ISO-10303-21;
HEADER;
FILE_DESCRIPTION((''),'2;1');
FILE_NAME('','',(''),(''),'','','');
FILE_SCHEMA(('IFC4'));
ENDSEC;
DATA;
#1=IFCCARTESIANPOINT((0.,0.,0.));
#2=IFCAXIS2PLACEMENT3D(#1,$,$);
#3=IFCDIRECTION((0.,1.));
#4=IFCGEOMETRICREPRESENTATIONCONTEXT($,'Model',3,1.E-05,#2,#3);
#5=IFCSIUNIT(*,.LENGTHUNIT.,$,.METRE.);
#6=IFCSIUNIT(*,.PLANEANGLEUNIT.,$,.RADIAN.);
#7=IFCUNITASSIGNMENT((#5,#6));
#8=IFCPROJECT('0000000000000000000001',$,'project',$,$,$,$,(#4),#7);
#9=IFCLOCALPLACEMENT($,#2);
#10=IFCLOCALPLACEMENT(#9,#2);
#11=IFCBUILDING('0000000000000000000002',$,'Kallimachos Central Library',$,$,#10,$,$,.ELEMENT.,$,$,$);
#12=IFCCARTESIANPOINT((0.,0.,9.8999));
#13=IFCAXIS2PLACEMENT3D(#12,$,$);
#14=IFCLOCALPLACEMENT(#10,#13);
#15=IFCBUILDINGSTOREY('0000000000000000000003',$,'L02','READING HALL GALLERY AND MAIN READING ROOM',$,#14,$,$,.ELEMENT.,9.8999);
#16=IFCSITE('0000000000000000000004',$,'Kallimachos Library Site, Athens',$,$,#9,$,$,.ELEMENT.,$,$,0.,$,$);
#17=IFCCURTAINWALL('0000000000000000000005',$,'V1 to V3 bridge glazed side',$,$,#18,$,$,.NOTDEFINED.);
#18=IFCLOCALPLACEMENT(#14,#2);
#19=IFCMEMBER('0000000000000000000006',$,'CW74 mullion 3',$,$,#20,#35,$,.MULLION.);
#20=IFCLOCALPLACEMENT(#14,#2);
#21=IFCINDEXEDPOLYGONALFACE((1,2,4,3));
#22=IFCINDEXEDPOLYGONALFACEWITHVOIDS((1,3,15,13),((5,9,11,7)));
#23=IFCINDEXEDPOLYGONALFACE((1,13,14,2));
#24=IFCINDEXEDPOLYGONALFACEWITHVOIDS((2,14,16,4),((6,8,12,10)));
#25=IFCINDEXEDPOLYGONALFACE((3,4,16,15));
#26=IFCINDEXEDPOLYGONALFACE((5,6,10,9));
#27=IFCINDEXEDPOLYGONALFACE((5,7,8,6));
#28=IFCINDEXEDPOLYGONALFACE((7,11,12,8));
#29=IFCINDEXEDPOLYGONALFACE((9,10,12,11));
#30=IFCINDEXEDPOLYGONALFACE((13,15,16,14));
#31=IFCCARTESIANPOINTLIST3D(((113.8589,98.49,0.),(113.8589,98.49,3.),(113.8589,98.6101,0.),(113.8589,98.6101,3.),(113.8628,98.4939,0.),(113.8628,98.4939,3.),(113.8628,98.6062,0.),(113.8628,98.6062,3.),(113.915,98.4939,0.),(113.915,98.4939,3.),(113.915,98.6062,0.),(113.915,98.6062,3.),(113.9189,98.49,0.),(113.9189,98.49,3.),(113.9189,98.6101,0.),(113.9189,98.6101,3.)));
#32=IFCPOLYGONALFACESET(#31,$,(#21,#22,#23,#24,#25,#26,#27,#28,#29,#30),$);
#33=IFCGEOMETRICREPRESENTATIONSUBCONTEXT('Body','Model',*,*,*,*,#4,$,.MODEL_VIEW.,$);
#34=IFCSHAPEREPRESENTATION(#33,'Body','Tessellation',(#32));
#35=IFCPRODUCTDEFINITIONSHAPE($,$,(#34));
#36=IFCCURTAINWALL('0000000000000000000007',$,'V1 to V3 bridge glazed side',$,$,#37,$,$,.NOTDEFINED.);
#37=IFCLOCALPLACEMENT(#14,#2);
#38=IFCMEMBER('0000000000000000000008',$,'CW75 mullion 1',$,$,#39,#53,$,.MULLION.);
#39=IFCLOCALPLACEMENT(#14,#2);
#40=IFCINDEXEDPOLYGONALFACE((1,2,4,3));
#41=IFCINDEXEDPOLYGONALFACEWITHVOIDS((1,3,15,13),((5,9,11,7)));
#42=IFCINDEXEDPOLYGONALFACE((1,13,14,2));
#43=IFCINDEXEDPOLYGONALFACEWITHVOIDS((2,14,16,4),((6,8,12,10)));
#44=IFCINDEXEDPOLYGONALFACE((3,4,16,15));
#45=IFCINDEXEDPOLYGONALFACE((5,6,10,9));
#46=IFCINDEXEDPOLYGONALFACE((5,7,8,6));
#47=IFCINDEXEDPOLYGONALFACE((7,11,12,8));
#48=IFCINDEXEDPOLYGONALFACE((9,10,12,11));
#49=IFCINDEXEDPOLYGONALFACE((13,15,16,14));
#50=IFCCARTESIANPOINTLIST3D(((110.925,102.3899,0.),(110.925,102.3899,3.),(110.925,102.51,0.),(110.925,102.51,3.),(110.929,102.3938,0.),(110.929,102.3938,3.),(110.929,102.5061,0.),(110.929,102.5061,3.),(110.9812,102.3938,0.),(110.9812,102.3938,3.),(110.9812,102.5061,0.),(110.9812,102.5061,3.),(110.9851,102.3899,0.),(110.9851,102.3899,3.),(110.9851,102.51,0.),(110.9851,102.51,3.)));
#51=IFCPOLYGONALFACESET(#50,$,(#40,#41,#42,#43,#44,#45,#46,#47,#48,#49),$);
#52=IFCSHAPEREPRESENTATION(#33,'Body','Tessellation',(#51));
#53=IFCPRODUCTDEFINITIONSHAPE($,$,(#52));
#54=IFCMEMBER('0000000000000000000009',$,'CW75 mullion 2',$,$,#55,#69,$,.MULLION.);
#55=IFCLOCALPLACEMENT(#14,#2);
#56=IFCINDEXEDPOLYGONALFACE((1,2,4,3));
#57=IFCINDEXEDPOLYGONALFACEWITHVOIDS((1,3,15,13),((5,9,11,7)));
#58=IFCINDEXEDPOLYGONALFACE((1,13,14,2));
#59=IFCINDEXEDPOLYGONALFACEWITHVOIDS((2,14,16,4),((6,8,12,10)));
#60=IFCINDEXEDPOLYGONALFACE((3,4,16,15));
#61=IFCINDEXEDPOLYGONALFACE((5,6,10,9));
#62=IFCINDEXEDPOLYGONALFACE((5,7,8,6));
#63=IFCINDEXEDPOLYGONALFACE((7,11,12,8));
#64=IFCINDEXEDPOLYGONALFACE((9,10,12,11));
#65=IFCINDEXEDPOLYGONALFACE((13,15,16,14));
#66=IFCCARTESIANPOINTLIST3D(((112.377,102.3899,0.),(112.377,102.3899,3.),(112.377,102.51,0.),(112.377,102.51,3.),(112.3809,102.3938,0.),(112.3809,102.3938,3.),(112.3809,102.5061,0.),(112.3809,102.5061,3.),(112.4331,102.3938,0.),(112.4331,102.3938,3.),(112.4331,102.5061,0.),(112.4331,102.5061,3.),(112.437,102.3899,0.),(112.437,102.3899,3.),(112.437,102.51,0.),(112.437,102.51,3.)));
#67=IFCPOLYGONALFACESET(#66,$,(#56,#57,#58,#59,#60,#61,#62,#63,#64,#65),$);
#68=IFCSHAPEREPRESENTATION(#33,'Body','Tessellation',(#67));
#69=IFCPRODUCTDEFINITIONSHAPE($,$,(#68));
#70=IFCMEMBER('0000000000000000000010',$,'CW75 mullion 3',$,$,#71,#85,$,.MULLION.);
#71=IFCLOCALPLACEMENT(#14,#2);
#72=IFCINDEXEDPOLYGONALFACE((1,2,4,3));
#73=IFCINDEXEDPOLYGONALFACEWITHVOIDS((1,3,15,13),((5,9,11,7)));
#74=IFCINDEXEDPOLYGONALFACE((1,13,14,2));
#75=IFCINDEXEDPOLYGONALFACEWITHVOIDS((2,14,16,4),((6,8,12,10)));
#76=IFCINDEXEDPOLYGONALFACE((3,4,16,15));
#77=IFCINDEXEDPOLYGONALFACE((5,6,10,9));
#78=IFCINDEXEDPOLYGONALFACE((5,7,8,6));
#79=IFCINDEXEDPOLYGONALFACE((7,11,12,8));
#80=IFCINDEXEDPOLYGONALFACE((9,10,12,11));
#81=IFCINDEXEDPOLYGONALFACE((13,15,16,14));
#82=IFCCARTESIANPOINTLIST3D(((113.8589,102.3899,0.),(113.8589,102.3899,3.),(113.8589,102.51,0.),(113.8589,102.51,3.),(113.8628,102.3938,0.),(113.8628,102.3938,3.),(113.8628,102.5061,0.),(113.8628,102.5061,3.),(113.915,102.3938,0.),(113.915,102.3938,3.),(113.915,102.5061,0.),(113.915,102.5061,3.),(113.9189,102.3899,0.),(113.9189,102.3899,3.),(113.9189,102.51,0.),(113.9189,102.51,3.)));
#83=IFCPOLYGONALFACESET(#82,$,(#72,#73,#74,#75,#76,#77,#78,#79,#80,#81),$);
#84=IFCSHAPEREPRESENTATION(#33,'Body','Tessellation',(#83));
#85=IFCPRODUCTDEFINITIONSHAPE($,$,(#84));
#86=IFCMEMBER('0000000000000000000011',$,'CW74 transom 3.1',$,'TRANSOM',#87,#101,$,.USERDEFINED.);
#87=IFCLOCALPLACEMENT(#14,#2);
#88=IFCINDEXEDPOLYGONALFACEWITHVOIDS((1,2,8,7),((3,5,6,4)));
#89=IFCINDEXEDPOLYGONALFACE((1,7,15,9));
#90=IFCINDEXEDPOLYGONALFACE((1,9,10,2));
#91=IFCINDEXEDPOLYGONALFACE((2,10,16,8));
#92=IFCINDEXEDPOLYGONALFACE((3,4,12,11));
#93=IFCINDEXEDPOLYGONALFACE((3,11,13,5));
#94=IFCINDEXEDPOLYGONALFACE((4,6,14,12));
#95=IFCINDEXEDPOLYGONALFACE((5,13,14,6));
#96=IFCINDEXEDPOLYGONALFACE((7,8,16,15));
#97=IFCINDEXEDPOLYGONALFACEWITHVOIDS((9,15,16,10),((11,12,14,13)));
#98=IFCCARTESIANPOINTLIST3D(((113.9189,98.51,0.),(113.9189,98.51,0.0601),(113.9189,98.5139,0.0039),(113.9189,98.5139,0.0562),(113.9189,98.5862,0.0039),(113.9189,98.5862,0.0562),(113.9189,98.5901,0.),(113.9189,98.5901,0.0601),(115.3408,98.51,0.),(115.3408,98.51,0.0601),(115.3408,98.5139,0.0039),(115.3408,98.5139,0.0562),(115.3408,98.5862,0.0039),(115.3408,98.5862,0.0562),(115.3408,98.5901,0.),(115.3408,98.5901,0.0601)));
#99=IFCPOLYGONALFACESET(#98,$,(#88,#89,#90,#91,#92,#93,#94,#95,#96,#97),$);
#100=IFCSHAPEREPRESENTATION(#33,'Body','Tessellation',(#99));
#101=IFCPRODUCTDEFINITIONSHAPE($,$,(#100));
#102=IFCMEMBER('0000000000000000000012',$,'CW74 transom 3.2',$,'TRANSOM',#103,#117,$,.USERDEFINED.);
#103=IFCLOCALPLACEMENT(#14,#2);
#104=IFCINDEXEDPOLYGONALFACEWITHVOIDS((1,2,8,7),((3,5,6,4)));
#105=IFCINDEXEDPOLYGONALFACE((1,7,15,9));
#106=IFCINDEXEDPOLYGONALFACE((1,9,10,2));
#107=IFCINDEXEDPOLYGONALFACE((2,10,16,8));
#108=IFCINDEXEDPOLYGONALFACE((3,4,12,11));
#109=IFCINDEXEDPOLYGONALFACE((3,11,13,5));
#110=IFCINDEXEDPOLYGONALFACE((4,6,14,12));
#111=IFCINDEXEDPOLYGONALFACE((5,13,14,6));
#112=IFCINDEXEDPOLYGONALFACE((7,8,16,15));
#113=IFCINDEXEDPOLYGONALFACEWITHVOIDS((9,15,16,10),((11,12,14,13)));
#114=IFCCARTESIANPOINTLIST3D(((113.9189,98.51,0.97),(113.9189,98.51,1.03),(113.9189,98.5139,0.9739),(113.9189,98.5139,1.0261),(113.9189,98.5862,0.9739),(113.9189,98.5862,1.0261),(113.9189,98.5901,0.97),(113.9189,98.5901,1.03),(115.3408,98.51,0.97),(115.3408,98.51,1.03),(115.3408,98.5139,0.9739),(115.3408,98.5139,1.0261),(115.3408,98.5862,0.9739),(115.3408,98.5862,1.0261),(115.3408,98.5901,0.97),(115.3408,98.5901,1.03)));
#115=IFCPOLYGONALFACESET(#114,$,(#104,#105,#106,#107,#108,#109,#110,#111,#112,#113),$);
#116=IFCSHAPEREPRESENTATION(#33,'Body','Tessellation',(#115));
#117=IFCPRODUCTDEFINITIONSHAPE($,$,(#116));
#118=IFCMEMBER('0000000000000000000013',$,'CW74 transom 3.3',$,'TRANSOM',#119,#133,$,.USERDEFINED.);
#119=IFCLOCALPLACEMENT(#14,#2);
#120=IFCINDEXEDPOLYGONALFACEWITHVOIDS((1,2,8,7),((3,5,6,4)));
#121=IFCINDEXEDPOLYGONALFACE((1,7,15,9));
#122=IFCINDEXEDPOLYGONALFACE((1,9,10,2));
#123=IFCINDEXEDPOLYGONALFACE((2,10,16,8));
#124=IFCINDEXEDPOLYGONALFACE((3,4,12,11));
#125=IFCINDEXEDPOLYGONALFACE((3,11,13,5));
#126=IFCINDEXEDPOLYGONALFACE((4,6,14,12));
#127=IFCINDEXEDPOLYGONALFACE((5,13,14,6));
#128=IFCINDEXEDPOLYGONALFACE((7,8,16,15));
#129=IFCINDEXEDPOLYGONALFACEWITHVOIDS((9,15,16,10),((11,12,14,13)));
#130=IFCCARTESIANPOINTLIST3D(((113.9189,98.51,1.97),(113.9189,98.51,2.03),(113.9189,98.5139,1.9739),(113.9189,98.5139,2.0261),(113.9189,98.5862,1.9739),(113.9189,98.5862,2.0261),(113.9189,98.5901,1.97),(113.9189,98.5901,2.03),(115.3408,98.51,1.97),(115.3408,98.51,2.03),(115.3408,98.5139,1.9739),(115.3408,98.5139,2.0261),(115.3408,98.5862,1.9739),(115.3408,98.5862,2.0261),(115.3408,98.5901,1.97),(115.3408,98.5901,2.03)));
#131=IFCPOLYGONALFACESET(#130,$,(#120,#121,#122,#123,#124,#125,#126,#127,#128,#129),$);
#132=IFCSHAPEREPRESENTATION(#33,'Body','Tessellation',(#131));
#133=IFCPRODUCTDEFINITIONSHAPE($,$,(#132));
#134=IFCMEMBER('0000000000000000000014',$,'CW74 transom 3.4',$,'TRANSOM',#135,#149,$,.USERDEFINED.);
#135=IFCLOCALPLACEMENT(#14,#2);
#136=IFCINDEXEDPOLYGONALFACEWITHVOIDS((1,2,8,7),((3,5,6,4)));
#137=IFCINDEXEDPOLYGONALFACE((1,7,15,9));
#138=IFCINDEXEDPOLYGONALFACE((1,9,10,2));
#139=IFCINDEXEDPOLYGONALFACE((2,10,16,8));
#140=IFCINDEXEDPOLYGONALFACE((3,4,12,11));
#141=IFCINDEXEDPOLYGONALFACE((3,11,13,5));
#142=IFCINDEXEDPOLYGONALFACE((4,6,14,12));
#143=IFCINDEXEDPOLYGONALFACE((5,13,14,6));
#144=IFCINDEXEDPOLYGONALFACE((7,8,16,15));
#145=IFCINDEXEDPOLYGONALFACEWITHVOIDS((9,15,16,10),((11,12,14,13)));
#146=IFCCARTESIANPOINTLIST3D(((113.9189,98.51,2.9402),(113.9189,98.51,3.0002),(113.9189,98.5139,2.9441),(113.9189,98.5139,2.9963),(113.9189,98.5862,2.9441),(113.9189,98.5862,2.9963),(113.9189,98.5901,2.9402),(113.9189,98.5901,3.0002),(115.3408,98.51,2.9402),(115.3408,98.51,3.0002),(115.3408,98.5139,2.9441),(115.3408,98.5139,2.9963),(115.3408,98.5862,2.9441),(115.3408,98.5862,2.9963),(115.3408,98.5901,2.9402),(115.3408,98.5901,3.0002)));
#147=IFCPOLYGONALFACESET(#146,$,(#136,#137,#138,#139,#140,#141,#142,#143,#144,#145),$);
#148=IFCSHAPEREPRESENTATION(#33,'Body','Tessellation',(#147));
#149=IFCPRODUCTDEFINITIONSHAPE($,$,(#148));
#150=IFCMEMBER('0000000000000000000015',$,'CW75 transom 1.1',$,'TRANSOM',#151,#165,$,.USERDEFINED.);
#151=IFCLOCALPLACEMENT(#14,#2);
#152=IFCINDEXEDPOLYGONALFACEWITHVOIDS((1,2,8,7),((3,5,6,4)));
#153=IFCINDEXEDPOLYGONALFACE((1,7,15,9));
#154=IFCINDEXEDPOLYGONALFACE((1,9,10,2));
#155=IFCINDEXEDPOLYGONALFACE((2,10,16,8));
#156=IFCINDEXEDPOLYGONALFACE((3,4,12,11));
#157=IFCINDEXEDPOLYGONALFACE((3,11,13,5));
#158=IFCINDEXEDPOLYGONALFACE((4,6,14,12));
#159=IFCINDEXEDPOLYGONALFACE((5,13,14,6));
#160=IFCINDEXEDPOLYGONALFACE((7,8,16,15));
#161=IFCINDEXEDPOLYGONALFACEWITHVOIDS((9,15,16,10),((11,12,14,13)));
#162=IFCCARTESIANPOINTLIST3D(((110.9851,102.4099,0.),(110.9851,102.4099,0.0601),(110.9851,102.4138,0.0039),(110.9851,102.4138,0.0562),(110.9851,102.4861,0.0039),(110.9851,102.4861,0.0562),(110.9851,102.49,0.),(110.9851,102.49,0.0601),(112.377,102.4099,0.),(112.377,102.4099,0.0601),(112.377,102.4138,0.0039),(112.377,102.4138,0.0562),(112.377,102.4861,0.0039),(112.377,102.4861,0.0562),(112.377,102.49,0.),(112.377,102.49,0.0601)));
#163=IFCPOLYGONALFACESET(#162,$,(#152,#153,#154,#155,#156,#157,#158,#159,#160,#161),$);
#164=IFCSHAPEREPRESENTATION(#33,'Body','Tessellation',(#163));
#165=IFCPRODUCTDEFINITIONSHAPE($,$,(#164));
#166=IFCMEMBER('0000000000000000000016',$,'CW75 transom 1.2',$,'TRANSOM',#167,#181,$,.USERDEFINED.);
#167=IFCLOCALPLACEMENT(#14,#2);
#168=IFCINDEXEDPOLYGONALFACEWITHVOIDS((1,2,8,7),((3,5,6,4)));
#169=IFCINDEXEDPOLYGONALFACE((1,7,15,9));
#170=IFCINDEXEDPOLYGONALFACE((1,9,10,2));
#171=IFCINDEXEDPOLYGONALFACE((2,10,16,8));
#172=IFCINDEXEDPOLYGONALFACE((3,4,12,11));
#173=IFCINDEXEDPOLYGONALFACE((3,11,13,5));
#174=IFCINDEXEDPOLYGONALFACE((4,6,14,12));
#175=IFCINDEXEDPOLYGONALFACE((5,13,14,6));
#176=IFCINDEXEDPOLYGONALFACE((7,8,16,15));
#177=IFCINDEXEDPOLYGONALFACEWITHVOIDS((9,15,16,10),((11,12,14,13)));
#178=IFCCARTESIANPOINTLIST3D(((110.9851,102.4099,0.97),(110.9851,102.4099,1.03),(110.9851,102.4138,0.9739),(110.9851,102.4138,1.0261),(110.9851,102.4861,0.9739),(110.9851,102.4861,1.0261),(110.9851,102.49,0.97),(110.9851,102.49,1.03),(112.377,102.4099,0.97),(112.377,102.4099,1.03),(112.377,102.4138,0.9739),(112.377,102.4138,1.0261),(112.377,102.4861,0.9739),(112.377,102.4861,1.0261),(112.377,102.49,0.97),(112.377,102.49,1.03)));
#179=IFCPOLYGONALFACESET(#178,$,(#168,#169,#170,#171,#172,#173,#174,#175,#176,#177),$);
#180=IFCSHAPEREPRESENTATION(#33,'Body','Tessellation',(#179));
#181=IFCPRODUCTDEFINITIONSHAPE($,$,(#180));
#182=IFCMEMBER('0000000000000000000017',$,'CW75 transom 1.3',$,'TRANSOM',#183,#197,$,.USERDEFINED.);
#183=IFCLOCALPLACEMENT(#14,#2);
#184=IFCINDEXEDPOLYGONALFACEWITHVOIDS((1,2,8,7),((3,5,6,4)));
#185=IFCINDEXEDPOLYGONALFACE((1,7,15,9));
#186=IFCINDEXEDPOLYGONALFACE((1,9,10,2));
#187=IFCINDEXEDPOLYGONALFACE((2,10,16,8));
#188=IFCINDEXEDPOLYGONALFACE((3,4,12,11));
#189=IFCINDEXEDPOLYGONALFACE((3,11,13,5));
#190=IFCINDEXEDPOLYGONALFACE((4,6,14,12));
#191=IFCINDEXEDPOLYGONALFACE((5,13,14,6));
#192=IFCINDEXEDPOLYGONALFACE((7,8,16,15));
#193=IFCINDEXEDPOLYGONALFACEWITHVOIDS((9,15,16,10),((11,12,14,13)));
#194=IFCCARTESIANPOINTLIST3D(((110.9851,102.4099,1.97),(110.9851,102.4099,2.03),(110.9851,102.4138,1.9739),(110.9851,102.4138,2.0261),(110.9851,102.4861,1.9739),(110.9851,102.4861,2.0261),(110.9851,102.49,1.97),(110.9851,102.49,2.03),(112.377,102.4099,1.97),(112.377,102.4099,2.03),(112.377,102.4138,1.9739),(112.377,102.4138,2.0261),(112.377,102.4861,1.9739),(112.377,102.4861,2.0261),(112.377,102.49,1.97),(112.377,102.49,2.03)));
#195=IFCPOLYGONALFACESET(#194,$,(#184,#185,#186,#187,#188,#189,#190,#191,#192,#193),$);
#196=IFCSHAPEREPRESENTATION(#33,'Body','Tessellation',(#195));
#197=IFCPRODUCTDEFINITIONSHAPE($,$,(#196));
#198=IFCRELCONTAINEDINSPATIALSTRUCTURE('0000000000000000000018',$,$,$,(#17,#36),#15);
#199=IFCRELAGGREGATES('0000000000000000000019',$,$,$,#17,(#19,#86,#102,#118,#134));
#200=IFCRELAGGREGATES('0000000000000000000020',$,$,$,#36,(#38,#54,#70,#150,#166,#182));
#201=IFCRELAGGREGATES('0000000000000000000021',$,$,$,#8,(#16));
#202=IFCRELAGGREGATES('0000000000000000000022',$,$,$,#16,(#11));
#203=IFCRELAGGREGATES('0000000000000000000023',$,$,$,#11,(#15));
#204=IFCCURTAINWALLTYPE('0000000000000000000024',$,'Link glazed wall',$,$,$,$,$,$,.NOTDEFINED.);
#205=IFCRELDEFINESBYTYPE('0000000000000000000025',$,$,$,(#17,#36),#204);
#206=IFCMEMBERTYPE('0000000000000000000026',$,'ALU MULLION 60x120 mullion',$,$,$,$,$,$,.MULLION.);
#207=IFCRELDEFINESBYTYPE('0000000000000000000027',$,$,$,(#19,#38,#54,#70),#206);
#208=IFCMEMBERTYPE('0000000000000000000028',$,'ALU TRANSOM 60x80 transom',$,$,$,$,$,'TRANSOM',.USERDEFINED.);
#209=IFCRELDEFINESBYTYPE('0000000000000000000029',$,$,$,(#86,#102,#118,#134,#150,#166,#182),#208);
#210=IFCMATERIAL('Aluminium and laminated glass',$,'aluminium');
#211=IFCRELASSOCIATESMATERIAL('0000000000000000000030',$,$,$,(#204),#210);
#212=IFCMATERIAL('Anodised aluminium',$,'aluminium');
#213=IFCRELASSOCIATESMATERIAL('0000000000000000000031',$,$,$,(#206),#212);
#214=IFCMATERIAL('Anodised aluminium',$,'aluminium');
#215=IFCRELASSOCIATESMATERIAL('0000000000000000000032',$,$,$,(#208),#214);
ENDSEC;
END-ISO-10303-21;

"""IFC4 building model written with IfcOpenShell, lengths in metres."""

from ifc_helpers import new_model, si_unit, direction, frame, origin, origin_2d, place, context, subcontext, project, spatial, hollow_rectangle, extrude, material, material_profile, profile_set, type_object, element, aggregate, save


model = new_model("IFC4")

# Units and contexts
model_context = context("Model", 3, precision=1e-05, world=origin(), true_north=direction((0.0, 1.0)))
body_context = subcontext(model_context, "Body", "Model", "MODEL_VIEW")
ifc_project = project(units=[si_unit("LENGTHUNIT", "METRE"), si_unit("PLANEANGLEUNIT", "RADIAN")], contexts=[model_context])

# Site, building, storey
site_placement = place(None, origin())
site = spatial("IfcSite", under=ifc_project, at=site_placement, Name="Kallimachos Library Site, Athens", CompositionType="ELEMENT", RefElevation=0.0)
building_placement = place(site_placement, origin())
building = spatial("IfcBuilding", under=site, at=building_placement, Name="Kallimachos Central Library", CompositionType="ELEMENT")
storey_placement = place(building_placement, frame((0.0, 0.0, 9.8999)))
storey = spatial("IfcBuildingStorey", under=building, at=storey_placement, Name="L02", Description="READING HALL GALLERY AND MAIN READING ROOM", CompositionType="ELEMENT", Elevation=9.8999)

# Curtain wall, member
ifc_material_1 = material(Name="Aluminium and laminated glass", Category="aluminium")
curtain_wall_type = type_object("IfcCurtainWallType", Name="Link glazed wall", PredefinedType="NOTDEFINED", material=ifc_material_1)
curtain_wall_1_placement = place(storey_placement, origin())
curtain_wall_1 = element("IfcCurtainWall", 1, at=curtain_wall_1_placement, inside=storey, type_object=curtain_wall_type, Name="V1 to V3 bridge glazed side", PredefinedType="NOTDEFINED")
ifc_material_2 = material(Name="Anodised aluminium", Category="aluminium")
ifc_material_profile_1 = material_profile(ifc_material_2, hollow_rectangle(XDim=0.0601, YDim=0.1201, WallThickness=0.0039, at=origin_2d()), Name="ALU MULLION 60x120")
ifc_profile_set_1 = profile_set([ifc_material_profile_1], Name="Anodised aluminium")
member_type_1 = type_object("IfcMemberType", Name="ALU MULLION 60x120 mullion", PredefinedType="MULLION", material=ifc_profile_set_1)
member_1_placement = place(storey_placement, frame((113.8889, 98.55, 0.0), z_axis=(0.0, 0.0, 1.0), x_axis=(1.0, 0.0, 0.0)))
member_1 = element("IfcMember", 2, at=member_1_placement, type_object=member_type_1, Name="CW74 mullion 3", PredefinedType="MULLION", context=body_context, shape_type="SweptSolid", body=[
    extrude(hollow_rectangle(XDim=0.0601, YDim=0.1201, WallThickness=0.0039, at=origin_2d()), origin(), (0.0, 0.0, 1.0), 3.0),
])

# Curtain wall, members
curtain_wall_2_placement = place(storey_placement, origin())
curtain_wall_2 = element("IfcCurtainWall", 3, at=curtain_wall_2_placement, inside=storey, type_object=curtain_wall_type, Name="V1 to V3 bridge glazed side", PredefinedType="NOTDEFINED")
member_2_placement = place(storey_placement, frame((110.9551, 102.45, 0.0), z_axis=(0.0, 0.0, 1.0), x_axis=(1.0, 0.0, 0.0)))
member_2 = element("IfcMember", 4, at=member_2_placement, type_object=member_type_1, Name="CW75 mullion 1", PredefinedType="MULLION", context=body_context, shape_type="SweptSolid", body=[
    extrude(hollow_rectangle(XDim=0.0601, YDim=0.1201, WallThickness=0.0039, at=origin_2d()), origin(), (0.0, 0.0, 1.0), 3.0),
])
member_3_placement = place(storey_placement, frame((112.407, 102.45, 0.0), z_axis=(0.0, 0.0, 1.0), x_axis=(1.0, 0.0, 0.0)))
member_3 = element("IfcMember", 5, at=member_3_placement, type_object=member_type_1, Name="CW75 mullion 2", PredefinedType="MULLION", context=body_context, shape_type="SweptSolid", body=[
    extrude(hollow_rectangle(XDim=0.0601, YDim=0.1201, WallThickness=0.0039, at=origin_2d()), origin(), (0.0, 0.0, 1.0), 3.0),
])
member_4_placement = place(storey_placement, frame((113.8889, 102.45, 0.0), z_axis=(0.0, 0.0, 1.0), x_axis=(1.0, 0.0, 0.0)))
member_4 = element("IfcMember", 6, at=member_4_placement, type_object=member_type_1, Name="CW75 mullion 3", PredefinedType="MULLION", context=body_context, shape_type="SweptSolid", body=[
    extrude(hollow_rectangle(XDim=0.0601, YDim=0.1201, WallThickness=0.0039, at=origin_2d()), origin(), (0.0, 0.0, 1.0), 3.0),
])

# Members
ifc_material_3 = material(Name="Anodised aluminium", Category="aluminium")
ifc_material_profile_2 = material_profile(ifc_material_3, hollow_rectangle(XDim=0.0601, YDim=0.0801, WallThickness=0.0039, at=origin_2d()), Name="ALU TRANSOM 60x80")
ifc_profile_set_2 = profile_set([ifc_material_profile_2], Name="Anodised aluminium")
member_type_2 = type_object("IfcMemberType", Name="ALU TRANSOM 60x80 transom", ElementType="TRANSOM", PredefinedType="USERDEFINED", material=ifc_profile_set_2)
member_5_placement = place(storey_placement, frame((113.9189, 98.55, 0.03), z_axis=(1.0, 0.0, 0.0), x_axis=(0.0, 0.0, 1.0)))
member_5 = element("IfcMember", 7, at=member_5_placement, type_object=member_type_2, Name="CW74 transom 3.1", ObjectType="TRANSOM", PredefinedType="USERDEFINED", context=body_context, shape_type="SweptSolid", body=[
    extrude(hollow_rectangle(XDim=0.0601, YDim=0.0801, WallThickness=0.0039, at=origin_2d()), origin(), (0.0, 0.0, 1.0), 1.4219),
])
member_6_placement = place(storey_placement, frame((113.9189, 98.55, 1.0), z_axis=(1.0, 0.0, 0.0), x_axis=(0.0, 0.0, 1.0)))
member_6 = element("IfcMember", 8, at=member_6_placement, type_object=member_type_2, Name="CW74 transom 3.2", ObjectType="TRANSOM", PredefinedType="USERDEFINED", context=body_context, shape_type="SweptSolid", body=[
    extrude(hollow_rectangle(XDim=0.0601, YDim=0.0801, WallThickness=0.0039, at=origin_2d()), origin(), (0.0, 0.0, 1.0), 1.4219),
])
member_7_placement = place(storey_placement, frame((113.9189, 98.55, 2.0), z_axis=(1.0, 0.0, 0.0), x_axis=(0.0, 0.0, 1.0)))
member_7 = element("IfcMember", 9, at=member_7_placement, type_object=member_type_2, Name="CW74 transom 3.3", ObjectType="TRANSOM", PredefinedType="USERDEFINED", context=body_context, shape_type="SweptSolid", body=[
    extrude(hollow_rectangle(XDim=0.0601, YDim=0.0801, WallThickness=0.0039, at=origin_2d()), origin(), (0.0, 0.0, 1.0), 1.4219),
])
member_8_placement = place(storey_placement, frame((113.9189, 98.55, 2.9702), z_axis=(1.0, 0.0, 0.0), x_axis=(0.0, 0.0, 1.0)))
member_8 = element("IfcMember", 10, at=member_8_placement, type_object=member_type_2, Name="CW74 transom 3.4", ObjectType="TRANSOM", PredefinedType="USERDEFINED", context=body_context, shape_type="SweptSolid", body=[
    extrude(hollow_rectangle(XDim=0.0601, YDim=0.0801, WallThickness=0.0039, at=origin_2d()), origin(), (0.0, 0.0, 1.0), 1.4219),
])
member_9_placement = place(storey_placement, frame((110.9851, 102.45, 0.03), z_axis=(1.0, 0.0, 0.0), x_axis=(0.0, 0.0, 1.0)))
member_9 = element("IfcMember", 11, at=member_9_placement, type_object=member_type_2, Name="CW75 transom 1.1", ObjectType="TRANSOM", PredefinedType="USERDEFINED", context=body_context, shape_type="SweptSolid", body=[
    extrude(hollow_rectangle(XDim=0.0601, YDim=0.0801, WallThickness=0.0039, at=origin_2d()), origin(), (0.0, 0.0, 1.0), 1.3918),
])
member_10_placement = place(storey_placement, frame((110.9851, 102.45, 1.0), z_axis=(1.0, 0.0, 0.0), x_axis=(0.0, 0.0, 1.0)))
member_10 = element("IfcMember", 12, at=member_10_placement, type_object=member_type_2, Name="CW75 transom 1.2", ObjectType="TRANSOM", PredefinedType="USERDEFINED", context=body_context, shape_type="SweptSolid", body=[
    extrude(hollow_rectangle(XDim=0.0601, YDim=0.0801, WallThickness=0.0039, at=origin_2d()), origin(), (0.0, 0.0, 1.0), 1.3918),
])
member_11_placement = place(storey_placement, frame((110.9851, 102.45, 2.0), z_axis=(1.0, 0.0, 0.0), x_axis=(0.0, 0.0, 1.0)))
member_11 = element("IfcMember", 13, at=member_11_placement, type_object=member_type_2, Name="CW75 transom 1.3", ObjectType="TRANSOM", PredefinedType="USERDEFINED", context=body_context, shape_type="SweptSolid", body=[
    extrude(hollow_rectangle(XDim=0.0601, YDim=0.0801, WallThickness=0.0039, at=origin_2d()), origin(), (0.0, 0.0, 1.0), 1.3918),
])

aggregate(curtain_wall_1, [member_1, member_5, member_6, member_7, member_8])
aggregate(curtain_wall_2, [member_2, member_3, member_4, member_9, member_10, member_11])

save(model, "model.ifc")
